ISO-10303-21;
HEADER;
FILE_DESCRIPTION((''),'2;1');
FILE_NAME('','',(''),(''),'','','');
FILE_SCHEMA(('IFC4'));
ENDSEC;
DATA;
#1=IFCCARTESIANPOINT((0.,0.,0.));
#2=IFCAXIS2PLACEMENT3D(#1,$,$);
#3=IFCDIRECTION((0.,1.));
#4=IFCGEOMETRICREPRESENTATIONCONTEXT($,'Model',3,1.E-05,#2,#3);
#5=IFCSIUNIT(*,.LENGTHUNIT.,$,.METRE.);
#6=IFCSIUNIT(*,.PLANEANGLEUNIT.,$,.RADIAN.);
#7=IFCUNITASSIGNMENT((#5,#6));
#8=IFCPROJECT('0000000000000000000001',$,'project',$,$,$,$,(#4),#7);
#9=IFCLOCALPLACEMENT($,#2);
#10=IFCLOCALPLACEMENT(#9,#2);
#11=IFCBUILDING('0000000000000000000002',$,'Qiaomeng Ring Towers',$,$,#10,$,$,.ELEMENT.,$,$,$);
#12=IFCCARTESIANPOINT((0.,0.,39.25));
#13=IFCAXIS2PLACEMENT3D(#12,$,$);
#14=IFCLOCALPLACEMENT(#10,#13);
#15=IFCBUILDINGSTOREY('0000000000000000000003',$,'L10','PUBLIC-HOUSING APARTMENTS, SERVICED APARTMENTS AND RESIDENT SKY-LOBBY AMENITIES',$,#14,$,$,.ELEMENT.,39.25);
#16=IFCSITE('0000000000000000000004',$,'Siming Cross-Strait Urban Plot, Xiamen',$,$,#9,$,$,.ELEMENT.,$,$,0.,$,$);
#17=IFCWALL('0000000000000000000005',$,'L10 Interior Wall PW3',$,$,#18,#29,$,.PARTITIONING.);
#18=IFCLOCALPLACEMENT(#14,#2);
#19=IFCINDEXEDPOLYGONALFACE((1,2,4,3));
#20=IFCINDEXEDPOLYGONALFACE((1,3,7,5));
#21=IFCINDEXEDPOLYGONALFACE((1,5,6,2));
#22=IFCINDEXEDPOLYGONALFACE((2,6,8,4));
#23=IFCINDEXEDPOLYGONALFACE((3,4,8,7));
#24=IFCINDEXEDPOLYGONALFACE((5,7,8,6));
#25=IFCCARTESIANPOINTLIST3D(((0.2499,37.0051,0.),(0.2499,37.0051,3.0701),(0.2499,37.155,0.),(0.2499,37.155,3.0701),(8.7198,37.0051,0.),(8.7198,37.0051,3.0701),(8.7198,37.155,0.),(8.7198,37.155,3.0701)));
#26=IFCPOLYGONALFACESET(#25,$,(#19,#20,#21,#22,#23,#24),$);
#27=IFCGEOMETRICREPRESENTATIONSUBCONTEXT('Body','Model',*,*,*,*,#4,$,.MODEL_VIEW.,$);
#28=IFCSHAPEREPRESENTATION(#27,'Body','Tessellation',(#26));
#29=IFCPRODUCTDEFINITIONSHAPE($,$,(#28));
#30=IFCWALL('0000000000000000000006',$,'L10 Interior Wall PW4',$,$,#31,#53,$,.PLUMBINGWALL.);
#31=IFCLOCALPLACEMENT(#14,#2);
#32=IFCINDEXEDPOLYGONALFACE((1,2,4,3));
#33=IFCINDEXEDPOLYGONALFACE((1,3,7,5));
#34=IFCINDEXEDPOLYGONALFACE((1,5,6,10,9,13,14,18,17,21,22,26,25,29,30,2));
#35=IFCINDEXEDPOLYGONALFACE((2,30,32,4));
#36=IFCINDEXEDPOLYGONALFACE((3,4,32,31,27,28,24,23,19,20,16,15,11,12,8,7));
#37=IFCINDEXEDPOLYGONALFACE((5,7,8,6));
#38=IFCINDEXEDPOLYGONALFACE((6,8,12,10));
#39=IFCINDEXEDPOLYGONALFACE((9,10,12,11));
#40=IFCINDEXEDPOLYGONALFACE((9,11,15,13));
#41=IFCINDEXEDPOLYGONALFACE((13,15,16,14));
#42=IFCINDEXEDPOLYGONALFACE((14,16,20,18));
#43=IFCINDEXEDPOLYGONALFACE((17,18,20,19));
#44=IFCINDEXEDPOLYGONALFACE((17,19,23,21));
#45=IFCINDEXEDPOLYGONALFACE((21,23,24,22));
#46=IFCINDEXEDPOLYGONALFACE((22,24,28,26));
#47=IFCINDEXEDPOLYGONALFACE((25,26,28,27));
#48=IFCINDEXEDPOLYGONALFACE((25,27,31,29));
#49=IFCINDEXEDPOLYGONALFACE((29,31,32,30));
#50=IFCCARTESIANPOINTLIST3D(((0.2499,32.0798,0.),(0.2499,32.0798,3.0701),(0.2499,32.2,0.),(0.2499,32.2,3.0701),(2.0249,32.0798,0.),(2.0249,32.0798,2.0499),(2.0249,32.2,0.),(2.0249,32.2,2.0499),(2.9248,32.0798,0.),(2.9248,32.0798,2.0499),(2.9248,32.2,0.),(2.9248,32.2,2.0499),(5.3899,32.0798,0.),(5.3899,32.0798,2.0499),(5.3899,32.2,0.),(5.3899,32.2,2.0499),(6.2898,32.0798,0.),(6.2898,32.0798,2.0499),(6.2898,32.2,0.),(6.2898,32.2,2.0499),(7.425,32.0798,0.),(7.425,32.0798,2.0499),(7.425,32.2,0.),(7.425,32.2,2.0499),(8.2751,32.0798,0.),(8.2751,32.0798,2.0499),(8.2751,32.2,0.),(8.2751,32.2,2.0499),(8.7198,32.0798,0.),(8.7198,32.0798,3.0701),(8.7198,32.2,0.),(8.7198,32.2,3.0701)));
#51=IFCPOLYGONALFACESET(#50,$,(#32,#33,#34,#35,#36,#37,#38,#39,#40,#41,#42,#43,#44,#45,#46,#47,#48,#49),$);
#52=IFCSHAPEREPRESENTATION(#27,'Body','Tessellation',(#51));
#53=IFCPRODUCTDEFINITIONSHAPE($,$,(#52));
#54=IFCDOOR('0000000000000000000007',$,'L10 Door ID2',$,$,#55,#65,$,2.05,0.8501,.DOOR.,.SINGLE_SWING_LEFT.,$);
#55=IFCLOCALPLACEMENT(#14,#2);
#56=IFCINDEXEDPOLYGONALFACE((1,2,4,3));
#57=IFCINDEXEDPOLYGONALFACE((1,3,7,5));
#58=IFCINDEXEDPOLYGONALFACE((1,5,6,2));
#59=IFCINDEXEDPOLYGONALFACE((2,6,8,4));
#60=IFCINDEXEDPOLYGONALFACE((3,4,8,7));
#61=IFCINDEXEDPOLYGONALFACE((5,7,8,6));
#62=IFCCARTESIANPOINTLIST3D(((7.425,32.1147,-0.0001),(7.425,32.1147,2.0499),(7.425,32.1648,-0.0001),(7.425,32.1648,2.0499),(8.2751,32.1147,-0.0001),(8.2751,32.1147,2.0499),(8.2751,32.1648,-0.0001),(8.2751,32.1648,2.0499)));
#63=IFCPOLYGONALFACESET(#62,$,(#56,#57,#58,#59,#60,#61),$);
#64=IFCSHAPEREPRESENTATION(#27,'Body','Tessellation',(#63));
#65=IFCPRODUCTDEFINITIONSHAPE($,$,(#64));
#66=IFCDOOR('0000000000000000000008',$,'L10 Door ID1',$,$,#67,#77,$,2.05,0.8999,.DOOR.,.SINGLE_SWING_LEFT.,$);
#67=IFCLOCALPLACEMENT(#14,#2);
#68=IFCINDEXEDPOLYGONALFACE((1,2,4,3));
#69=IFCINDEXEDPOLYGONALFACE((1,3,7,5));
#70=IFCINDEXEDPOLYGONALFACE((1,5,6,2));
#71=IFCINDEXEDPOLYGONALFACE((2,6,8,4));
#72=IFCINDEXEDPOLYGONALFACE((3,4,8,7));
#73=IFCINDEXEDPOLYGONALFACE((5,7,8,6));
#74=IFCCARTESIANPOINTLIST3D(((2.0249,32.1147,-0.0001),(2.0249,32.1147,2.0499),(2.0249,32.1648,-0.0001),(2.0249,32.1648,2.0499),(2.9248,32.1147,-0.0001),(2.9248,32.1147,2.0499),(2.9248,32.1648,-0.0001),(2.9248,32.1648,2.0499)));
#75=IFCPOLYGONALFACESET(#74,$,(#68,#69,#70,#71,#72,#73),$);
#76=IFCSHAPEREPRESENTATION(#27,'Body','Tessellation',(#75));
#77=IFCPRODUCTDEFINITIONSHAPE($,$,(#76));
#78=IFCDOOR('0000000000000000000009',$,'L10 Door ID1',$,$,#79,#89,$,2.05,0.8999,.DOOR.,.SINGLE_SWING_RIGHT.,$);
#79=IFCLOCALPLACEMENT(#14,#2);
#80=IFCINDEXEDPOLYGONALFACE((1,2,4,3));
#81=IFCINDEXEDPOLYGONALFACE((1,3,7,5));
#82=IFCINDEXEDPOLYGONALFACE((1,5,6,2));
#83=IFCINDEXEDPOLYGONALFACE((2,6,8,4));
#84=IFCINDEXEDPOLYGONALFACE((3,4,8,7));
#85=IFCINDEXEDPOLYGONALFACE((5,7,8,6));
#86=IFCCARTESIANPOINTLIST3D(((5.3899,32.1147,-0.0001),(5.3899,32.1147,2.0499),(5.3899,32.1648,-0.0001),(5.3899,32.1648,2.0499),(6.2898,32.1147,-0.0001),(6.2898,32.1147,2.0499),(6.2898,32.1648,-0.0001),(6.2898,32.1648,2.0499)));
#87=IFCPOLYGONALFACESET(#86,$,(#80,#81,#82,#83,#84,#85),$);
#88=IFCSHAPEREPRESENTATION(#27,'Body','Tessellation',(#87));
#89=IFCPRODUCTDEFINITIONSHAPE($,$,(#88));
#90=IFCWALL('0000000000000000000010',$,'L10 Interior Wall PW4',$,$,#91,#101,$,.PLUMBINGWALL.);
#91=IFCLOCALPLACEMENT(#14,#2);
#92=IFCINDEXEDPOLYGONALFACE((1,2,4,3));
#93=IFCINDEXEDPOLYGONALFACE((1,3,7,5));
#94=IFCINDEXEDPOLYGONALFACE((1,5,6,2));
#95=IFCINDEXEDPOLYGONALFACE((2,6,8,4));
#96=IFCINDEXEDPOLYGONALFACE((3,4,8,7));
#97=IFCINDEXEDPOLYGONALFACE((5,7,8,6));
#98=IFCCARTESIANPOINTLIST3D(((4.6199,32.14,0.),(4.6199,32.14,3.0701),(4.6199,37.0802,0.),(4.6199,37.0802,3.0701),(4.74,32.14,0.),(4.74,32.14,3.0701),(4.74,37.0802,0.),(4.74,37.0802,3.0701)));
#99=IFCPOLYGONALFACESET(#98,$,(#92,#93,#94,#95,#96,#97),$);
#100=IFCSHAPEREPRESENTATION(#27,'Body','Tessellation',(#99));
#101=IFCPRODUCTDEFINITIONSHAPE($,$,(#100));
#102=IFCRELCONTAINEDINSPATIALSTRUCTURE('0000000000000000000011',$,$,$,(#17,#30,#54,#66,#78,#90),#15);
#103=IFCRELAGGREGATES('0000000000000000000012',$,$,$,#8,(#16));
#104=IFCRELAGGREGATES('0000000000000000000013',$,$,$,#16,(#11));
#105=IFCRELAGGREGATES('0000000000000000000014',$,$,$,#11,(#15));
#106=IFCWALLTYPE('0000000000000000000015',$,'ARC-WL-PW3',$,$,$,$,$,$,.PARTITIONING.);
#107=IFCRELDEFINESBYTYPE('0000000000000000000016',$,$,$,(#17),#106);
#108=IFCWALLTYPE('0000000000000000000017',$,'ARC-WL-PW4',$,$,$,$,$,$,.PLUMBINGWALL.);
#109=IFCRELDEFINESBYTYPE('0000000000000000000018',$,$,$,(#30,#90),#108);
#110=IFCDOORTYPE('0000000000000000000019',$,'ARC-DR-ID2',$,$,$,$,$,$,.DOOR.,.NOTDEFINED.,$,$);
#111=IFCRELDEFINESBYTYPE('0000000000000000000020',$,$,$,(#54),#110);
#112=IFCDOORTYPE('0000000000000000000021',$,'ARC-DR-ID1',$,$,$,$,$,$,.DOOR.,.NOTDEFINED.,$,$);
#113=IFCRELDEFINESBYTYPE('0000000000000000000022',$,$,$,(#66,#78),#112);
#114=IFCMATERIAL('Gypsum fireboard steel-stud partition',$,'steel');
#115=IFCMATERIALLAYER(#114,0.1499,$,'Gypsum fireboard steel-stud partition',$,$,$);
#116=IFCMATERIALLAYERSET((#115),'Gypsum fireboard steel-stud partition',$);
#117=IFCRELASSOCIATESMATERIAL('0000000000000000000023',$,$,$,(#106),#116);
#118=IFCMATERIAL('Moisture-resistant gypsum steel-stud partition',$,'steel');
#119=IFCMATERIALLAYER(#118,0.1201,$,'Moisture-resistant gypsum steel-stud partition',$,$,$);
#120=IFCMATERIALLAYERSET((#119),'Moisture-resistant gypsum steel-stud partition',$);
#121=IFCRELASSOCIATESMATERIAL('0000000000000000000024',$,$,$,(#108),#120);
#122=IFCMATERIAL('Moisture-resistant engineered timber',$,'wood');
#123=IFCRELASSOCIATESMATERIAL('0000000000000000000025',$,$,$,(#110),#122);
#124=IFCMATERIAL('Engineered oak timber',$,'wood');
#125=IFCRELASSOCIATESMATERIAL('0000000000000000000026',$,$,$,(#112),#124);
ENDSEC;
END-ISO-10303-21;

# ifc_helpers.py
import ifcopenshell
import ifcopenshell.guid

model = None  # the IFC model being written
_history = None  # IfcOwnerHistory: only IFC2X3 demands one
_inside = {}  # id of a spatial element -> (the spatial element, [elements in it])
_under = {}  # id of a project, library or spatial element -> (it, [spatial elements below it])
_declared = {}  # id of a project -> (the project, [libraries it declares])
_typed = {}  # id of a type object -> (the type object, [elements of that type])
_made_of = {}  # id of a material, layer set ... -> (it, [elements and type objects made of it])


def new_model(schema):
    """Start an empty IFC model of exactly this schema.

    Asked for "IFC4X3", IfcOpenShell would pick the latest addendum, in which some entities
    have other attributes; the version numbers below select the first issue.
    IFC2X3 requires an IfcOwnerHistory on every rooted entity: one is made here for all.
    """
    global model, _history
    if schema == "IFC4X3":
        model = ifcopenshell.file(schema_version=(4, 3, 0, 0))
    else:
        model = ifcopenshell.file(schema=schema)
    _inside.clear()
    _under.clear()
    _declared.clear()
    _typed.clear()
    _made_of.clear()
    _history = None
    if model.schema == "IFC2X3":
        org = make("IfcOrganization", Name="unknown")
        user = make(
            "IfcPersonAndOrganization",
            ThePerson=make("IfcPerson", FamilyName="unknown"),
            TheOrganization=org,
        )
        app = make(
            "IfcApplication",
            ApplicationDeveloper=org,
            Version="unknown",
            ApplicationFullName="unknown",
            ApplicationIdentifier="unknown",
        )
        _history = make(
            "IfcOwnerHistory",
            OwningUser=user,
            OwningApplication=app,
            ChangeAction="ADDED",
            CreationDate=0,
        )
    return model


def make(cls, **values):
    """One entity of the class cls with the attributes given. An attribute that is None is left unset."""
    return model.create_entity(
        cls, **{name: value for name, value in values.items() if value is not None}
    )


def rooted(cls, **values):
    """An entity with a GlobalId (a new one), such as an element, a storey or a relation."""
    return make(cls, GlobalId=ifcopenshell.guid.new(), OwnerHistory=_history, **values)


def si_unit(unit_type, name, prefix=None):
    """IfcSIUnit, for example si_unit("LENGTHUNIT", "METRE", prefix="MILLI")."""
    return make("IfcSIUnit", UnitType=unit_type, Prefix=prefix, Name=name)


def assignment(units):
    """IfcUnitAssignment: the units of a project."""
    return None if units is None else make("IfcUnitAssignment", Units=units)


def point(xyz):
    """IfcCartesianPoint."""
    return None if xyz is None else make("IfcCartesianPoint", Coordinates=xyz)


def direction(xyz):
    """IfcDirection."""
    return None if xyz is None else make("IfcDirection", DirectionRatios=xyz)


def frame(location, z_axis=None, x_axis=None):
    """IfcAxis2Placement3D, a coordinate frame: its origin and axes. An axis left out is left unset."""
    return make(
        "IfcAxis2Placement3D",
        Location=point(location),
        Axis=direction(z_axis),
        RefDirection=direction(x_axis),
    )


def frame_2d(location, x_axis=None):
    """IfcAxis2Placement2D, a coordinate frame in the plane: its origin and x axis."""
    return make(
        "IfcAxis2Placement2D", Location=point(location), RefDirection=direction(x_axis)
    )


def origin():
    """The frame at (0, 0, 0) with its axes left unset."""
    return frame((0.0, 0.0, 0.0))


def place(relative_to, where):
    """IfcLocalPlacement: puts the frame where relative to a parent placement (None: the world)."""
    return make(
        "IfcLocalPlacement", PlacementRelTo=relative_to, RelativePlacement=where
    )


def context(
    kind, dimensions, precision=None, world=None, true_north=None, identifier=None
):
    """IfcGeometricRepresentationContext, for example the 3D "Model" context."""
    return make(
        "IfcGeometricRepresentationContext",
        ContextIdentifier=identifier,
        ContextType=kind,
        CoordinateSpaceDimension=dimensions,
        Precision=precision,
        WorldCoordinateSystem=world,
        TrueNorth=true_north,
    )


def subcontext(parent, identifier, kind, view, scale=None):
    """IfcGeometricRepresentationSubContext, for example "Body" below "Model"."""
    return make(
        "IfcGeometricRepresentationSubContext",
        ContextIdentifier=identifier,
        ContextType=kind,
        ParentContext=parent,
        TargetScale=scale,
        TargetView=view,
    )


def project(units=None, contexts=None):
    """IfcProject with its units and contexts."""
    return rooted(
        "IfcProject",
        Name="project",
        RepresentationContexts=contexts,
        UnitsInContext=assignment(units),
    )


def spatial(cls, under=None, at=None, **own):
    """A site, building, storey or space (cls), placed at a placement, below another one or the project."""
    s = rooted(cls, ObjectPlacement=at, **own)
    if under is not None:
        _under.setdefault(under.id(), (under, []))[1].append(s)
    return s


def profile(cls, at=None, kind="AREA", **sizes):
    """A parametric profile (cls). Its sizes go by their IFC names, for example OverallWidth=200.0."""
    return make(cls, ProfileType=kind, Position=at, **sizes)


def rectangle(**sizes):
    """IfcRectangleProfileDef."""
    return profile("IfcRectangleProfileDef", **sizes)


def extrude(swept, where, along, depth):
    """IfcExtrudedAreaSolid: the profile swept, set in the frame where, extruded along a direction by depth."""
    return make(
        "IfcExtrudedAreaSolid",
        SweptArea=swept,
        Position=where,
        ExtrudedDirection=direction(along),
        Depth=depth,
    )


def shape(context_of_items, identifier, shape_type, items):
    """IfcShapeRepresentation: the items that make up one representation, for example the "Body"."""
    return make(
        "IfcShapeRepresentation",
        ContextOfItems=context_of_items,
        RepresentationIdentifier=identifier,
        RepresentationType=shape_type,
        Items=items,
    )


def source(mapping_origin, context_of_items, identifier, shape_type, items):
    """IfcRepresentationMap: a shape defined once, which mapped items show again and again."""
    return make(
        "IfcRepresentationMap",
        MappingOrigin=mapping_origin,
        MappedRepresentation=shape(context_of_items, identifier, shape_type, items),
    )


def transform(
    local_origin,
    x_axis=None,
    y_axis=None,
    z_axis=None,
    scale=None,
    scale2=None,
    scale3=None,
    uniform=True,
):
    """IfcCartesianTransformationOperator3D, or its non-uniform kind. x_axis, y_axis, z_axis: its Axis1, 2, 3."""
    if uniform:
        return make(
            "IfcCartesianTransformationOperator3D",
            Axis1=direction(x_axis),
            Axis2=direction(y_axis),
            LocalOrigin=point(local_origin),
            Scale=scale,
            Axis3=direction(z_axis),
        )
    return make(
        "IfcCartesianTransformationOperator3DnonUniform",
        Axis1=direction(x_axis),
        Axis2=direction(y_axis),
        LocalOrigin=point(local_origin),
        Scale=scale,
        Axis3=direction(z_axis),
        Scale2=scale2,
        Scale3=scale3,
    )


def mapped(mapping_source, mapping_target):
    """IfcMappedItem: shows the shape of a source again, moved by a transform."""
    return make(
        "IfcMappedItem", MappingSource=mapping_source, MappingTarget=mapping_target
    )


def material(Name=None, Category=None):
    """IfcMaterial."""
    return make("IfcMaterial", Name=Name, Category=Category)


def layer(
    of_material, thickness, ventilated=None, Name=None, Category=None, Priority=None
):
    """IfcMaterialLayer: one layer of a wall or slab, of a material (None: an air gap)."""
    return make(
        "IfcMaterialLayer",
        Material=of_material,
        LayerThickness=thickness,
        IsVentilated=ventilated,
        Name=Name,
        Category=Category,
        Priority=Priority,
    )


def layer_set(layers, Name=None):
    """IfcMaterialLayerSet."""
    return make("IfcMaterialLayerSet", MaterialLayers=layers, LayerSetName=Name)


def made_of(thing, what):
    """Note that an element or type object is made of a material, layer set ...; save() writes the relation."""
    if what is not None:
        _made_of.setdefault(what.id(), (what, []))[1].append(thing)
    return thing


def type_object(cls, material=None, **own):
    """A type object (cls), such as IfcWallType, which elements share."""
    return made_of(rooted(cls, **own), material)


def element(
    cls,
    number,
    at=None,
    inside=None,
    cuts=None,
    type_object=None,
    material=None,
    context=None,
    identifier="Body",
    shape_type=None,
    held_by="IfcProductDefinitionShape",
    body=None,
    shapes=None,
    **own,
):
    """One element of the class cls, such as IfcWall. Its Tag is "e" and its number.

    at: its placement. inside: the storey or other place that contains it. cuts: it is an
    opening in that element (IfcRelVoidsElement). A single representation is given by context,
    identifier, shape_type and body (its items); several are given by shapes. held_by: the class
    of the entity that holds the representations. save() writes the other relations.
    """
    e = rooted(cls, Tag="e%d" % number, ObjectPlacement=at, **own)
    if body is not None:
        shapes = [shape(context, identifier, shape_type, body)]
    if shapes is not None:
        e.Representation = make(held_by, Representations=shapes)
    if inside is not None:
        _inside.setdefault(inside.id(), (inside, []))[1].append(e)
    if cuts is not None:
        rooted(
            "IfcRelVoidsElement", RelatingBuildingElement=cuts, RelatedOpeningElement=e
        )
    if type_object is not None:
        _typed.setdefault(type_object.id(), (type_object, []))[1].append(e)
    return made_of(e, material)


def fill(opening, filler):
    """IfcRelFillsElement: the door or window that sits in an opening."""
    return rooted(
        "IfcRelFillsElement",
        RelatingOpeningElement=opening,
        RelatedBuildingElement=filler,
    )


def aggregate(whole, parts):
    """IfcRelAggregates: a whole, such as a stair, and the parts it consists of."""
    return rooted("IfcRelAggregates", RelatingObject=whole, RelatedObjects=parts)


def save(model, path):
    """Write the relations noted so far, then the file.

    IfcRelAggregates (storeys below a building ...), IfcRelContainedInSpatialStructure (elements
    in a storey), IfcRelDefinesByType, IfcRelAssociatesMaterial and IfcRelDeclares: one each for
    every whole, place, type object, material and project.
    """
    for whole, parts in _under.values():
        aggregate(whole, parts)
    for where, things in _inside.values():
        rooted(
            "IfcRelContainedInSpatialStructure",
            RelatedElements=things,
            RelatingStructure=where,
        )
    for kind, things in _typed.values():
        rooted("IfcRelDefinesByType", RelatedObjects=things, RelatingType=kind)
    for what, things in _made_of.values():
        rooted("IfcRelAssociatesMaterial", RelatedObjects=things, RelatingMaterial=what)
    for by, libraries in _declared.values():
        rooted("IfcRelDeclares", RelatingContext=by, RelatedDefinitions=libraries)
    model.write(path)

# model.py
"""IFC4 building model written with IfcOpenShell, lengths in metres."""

from ifc_helpers import new_model, si_unit, direction, frame, frame_2d, origin, place, context, subcontext, project, spatial, rectangle, extrude, source, transform, mapped, material, layer, layer_set, type_object, element, fill, save


model = new_model("IFC4")

# Units and contexts
model_context = context("Model", 3, precision=1e-05, world=origin(), true_north=direction((0.0, 1.0)))
body_context = subcontext(model_context, "Body", "Model", "MODEL_VIEW")
ifc_project = project(units=[si_unit("LENGTHUNIT", "METRE"), si_unit("PLANEANGLEUNIT", "RADIAN")], contexts=[model_context])

# Site, building, storey
site_placement = place(None, origin())
site = spatial("IfcSite", under=ifc_project, at=site_placement, Name="Siming Cross-Strait Urban Plot, Xiamen", CompositionType="ELEMENT", RefElevation=0.0)
building_placement = place(site_placement, origin())
building = spatial("IfcBuilding", under=site, at=building_placement, Name="Qiaomeng Ring Towers", CompositionType="ELEMENT")
storey_placement = place(building_placement, frame((0.0, 0.0, 39.25)))
storey = spatial("IfcBuildingStorey", under=building, at=storey_placement, Name="L10", Description="PUBLIC-HOUSING APARTMENTS, SERVICED APARTMENTS AND RESIDENT SKY-LOBBY AMENITIES", CompositionType="ELEMENT", Elevation=39.25)

# Wall
ifc_material_1 = material(Name="Gypsum fireboard steel-stud partition", Category="steel")
ifc_layer_1 = layer(ifc_material_1, 0.1499, Name="Gypsum fireboard steel-stud partition")
ifc_layer_set_1 = layer_set([ifc_layer_1], Name="Gypsum fireboard steel-stud partition")
wall_type_1 = type_object("IfcWallType", Name="ARC-WL-PW3", PredefinedType="PARTITIONING", material=ifc_layer_set_1)
wall_1_placement = place(storey_placement, frame((0.25, 37.0801, 0.0), z_axis=(0.0, 0.0, 1.0), x_axis=(1.0, 0.0, 0.0)))
element("IfcWall", 1, at=wall_1_placement, inside=storey, type_object=wall_type_1, Name="L10 Interior Wall PW3", PredefinedType="PARTITIONING", context=body_context, shape_type="SweptSolid", body=[
    extrude(rectangle(XDim=8.47, YDim=0.1499, at=frame_2d((4.2349, 0.0))), origin(), (0.0, 0.0, 1.0), 3.0701),
])

# Wall, openings, doors
ifc_material_2 = material(Name="Moisture-resistant gypsum steel-stud partition", Category="steel")
ifc_layer_2 = layer(ifc_material_2, 0.1201, Name="Moisture-resistant gypsum steel-stud partition")
ifc_layer_set_2 = layer_set([ifc_layer_2], Name="Moisture-resistant gypsum steel-stud partition")
wall_type_2 = type_object("IfcWallType", Name="ARC-WL-PW4", PredefinedType="PLUMBINGWALL", material=ifc_layer_set_2)
wall_2_placement = place(storey_placement, frame((0.25, 32.1399, 0.0), z_axis=(0.0, 0.0, 1.0), x_axis=(1.0, 0.0, 0.0)))
wall_2 = element("IfcWall", 2, at=wall_2_placement, inside=storey, type_object=wall_type_2, Name="L10 Interior Wall PW4", PredefinedType="PLUMBINGWALL", context=body_context, shape_type="SweptSolid", body=[
    extrude(rectangle(XDim=8.47, YDim=0.1201, at=frame_2d((4.2349, 0.0))), origin(), (0.0, 0.0, 1.0), 3.0701),
])
opening_1_placement = place(wall_2_placement, frame((1.7749, 0.0, 0.0)))
opening_1 = element("IfcOpeningElement", 3, at=opening_1_placement, cuts=wall_2, PredefinedType="OPENING", context=body_context, shape_type="SweptSolid", body=[
    extrude(rectangle(XDim=0.8999, YDim=2.05, at=frame_2d((0.45, 1.0249))), frame((0.0, 0.0701, 0.0), z_axis=(0.0, -1.0, 0.0), x_axis=(1.0, 0.0, 0.0)), (0.0, 0.0, 1.0), 0.1401),
])
opening_2_placement = place(wall_2_placement, frame((5.1399, 0.0, 0.0)))
opening_2 = element("IfcOpeningElement", 4, at=opening_2_placement, cuts=wall_2, PredefinedType="OPENING", context=body_context, shape_type="SweptSolid", body=[
    extrude(rectangle(XDim=0.8999, YDim=2.05, at=frame_2d((0.45, 1.0249))), frame((0.0, 0.0701, 0.0), z_axis=(0.0, -1.0, 0.0), x_axis=(1.0, 0.0, 0.0)), (0.0, 0.0, 1.0), 0.1401),
])
opening_3_placement = place(wall_2_placement, frame((7.175, 0.0, 0.0)))
opening_3 = element("IfcOpeningElement", 5, at=opening_3_placement, cuts=wall_2, PredefinedType="OPENING", context=body_context, shape_type="SweptSolid", body=[
    extrude(rectangle(XDim=0.8501, YDim=2.05, at=frame_2d((0.425, 1.0249))), frame((0.0, 0.0701, 0.0), z_axis=(0.0, -1.0, 0.0), x_axis=(1.0, 0.0, 0.0)), (0.0, 0.0, 1.0), 0.1401),
])
ifc_material_3 = material(Name="Moisture-resistant engineered timber", Category="wood")
door_type_1 = type_object("IfcDoorType", Name="ARC-DR-ID2", OperationType="NOTDEFINED", PredefinedType="DOOR", material=ifc_material_3)
shared_shape_1 = source(origin(), body_context, "Body", "SweptSolid", [
    extrude(rectangle(XDim=0.8501, YDim=2.05, at=frame_2d((0.425, 1.0249))), frame((0.0, 0.0249, 0.0), z_axis=(0.0, -1.0, 0.0), x_axis=(1.0, 0.0, 0.0)), (0.0, 0.0, 1.0), 0.05),
])
door_1_placement = place(opening_3_placement, origin())
door_1 = element("IfcDoor", 6, at=door_1_placement, inside=storey, type_object=door_type_1, Name="L10 Door ID2", OperationType="SINGLE_SWING_LEFT", OverallHeight=2.05, OverallWidth=0.8501, PredefinedType="DOOR", context=body_context, shape_type="MappedRepresentation", body=[
    mapped(shared_shape_1, transform((0.0, 0.0, 0.0), x_axis=(1.0, 0.0, 0.0), y_axis=(0.0, 1.0, 0.0), z_axis=(0.0, 0.0, 1.0), scale=1.0)),
])
fill(opening_3, door_1)
ifc_material_4 = material(Name="Engineered oak timber", Category="wood")
door_type_2 = type_object("IfcDoorType", Name="ARC-DR-ID1", OperationType="NOTDEFINED", PredefinedType="DOOR", material=ifc_material_4)
shared_shape_2 = source(origin(), body_context, "Body", "SweptSolid", [
    extrude(rectangle(XDim=0.8999, YDim=2.05, at=frame_2d((0.45, 1.0249))), frame((0.0, 0.0249, 0.0), z_axis=(0.0, -1.0, 0.0), x_axis=(1.0, 0.0, 0.0)), (0.0, 0.0, 1.0), 0.05),
])
door_2_placement = place(opening_1_placement, origin())
door_2 = element("IfcDoor", 7, at=door_2_placement, inside=storey, type_object=door_type_2, Name="L10 Door ID1", OperationType="SINGLE_SWING_LEFT", OverallHeight=2.05, OverallWidth=0.8999, PredefinedType="DOOR", context=body_context, shape_type="MappedRepresentation", body=[
    mapped(shared_shape_2, transform((0.0, 0.0, 0.0), x_axis=(1.0, 0.0, 0.0), y_axis=(0.0, 1.0, 0.0), z_axis=(0.0, 0.0, 1.0), scale=1.0)),
])
fill(opening_1, door_2)
door_3_placement = place(opening_2_placement, origin())
door_3 = element("IfcDoor", 8, at=door_3_placement, inside=storey, type_object=door_type_2, Name="L10 Door ID1", OperationType="SINGLE_SWING_RIGHT", OverallHeight=2.05, OverallWidth=0.8999, PredefinedType="DOOR", context=body_context, shape_type="MappedRepresentation", body=[
    mapped(shared_shape_2, transform((0.0, 0.0, 0.0), x_axis=(1.0, 0.0, 0.0), y_axis=(0.0, 1.0, 0.0), z_axis=(0.0, 0.0, 1.0), scale=1.0)),
])
fill(opening_2, door_3)

# Wall
wall_3_placement = place(storey_placement, frame((4.6799, 32.1399, 0.0), z_axis=(0.0, 0.0, 1.0), x_axis=(0.0, 1.0, 0.0)))
element("IfcWall", 9, at=wall_3_placement, inside=storey, type_object=wall_type_2, Name="L10 Interior Wall PW4", PredefinedType="PLUMBINGWALL", context=body_context, shape_type="SweptSolid", body=[
    extrude(rectangle(XDim=4.9402, YDim=0.1201, at=frame_2d((2.4702, 0.0))), origin(), (0.0, 0.0, 1.0), 3.0701),
])

save(model, "model.ifc")
